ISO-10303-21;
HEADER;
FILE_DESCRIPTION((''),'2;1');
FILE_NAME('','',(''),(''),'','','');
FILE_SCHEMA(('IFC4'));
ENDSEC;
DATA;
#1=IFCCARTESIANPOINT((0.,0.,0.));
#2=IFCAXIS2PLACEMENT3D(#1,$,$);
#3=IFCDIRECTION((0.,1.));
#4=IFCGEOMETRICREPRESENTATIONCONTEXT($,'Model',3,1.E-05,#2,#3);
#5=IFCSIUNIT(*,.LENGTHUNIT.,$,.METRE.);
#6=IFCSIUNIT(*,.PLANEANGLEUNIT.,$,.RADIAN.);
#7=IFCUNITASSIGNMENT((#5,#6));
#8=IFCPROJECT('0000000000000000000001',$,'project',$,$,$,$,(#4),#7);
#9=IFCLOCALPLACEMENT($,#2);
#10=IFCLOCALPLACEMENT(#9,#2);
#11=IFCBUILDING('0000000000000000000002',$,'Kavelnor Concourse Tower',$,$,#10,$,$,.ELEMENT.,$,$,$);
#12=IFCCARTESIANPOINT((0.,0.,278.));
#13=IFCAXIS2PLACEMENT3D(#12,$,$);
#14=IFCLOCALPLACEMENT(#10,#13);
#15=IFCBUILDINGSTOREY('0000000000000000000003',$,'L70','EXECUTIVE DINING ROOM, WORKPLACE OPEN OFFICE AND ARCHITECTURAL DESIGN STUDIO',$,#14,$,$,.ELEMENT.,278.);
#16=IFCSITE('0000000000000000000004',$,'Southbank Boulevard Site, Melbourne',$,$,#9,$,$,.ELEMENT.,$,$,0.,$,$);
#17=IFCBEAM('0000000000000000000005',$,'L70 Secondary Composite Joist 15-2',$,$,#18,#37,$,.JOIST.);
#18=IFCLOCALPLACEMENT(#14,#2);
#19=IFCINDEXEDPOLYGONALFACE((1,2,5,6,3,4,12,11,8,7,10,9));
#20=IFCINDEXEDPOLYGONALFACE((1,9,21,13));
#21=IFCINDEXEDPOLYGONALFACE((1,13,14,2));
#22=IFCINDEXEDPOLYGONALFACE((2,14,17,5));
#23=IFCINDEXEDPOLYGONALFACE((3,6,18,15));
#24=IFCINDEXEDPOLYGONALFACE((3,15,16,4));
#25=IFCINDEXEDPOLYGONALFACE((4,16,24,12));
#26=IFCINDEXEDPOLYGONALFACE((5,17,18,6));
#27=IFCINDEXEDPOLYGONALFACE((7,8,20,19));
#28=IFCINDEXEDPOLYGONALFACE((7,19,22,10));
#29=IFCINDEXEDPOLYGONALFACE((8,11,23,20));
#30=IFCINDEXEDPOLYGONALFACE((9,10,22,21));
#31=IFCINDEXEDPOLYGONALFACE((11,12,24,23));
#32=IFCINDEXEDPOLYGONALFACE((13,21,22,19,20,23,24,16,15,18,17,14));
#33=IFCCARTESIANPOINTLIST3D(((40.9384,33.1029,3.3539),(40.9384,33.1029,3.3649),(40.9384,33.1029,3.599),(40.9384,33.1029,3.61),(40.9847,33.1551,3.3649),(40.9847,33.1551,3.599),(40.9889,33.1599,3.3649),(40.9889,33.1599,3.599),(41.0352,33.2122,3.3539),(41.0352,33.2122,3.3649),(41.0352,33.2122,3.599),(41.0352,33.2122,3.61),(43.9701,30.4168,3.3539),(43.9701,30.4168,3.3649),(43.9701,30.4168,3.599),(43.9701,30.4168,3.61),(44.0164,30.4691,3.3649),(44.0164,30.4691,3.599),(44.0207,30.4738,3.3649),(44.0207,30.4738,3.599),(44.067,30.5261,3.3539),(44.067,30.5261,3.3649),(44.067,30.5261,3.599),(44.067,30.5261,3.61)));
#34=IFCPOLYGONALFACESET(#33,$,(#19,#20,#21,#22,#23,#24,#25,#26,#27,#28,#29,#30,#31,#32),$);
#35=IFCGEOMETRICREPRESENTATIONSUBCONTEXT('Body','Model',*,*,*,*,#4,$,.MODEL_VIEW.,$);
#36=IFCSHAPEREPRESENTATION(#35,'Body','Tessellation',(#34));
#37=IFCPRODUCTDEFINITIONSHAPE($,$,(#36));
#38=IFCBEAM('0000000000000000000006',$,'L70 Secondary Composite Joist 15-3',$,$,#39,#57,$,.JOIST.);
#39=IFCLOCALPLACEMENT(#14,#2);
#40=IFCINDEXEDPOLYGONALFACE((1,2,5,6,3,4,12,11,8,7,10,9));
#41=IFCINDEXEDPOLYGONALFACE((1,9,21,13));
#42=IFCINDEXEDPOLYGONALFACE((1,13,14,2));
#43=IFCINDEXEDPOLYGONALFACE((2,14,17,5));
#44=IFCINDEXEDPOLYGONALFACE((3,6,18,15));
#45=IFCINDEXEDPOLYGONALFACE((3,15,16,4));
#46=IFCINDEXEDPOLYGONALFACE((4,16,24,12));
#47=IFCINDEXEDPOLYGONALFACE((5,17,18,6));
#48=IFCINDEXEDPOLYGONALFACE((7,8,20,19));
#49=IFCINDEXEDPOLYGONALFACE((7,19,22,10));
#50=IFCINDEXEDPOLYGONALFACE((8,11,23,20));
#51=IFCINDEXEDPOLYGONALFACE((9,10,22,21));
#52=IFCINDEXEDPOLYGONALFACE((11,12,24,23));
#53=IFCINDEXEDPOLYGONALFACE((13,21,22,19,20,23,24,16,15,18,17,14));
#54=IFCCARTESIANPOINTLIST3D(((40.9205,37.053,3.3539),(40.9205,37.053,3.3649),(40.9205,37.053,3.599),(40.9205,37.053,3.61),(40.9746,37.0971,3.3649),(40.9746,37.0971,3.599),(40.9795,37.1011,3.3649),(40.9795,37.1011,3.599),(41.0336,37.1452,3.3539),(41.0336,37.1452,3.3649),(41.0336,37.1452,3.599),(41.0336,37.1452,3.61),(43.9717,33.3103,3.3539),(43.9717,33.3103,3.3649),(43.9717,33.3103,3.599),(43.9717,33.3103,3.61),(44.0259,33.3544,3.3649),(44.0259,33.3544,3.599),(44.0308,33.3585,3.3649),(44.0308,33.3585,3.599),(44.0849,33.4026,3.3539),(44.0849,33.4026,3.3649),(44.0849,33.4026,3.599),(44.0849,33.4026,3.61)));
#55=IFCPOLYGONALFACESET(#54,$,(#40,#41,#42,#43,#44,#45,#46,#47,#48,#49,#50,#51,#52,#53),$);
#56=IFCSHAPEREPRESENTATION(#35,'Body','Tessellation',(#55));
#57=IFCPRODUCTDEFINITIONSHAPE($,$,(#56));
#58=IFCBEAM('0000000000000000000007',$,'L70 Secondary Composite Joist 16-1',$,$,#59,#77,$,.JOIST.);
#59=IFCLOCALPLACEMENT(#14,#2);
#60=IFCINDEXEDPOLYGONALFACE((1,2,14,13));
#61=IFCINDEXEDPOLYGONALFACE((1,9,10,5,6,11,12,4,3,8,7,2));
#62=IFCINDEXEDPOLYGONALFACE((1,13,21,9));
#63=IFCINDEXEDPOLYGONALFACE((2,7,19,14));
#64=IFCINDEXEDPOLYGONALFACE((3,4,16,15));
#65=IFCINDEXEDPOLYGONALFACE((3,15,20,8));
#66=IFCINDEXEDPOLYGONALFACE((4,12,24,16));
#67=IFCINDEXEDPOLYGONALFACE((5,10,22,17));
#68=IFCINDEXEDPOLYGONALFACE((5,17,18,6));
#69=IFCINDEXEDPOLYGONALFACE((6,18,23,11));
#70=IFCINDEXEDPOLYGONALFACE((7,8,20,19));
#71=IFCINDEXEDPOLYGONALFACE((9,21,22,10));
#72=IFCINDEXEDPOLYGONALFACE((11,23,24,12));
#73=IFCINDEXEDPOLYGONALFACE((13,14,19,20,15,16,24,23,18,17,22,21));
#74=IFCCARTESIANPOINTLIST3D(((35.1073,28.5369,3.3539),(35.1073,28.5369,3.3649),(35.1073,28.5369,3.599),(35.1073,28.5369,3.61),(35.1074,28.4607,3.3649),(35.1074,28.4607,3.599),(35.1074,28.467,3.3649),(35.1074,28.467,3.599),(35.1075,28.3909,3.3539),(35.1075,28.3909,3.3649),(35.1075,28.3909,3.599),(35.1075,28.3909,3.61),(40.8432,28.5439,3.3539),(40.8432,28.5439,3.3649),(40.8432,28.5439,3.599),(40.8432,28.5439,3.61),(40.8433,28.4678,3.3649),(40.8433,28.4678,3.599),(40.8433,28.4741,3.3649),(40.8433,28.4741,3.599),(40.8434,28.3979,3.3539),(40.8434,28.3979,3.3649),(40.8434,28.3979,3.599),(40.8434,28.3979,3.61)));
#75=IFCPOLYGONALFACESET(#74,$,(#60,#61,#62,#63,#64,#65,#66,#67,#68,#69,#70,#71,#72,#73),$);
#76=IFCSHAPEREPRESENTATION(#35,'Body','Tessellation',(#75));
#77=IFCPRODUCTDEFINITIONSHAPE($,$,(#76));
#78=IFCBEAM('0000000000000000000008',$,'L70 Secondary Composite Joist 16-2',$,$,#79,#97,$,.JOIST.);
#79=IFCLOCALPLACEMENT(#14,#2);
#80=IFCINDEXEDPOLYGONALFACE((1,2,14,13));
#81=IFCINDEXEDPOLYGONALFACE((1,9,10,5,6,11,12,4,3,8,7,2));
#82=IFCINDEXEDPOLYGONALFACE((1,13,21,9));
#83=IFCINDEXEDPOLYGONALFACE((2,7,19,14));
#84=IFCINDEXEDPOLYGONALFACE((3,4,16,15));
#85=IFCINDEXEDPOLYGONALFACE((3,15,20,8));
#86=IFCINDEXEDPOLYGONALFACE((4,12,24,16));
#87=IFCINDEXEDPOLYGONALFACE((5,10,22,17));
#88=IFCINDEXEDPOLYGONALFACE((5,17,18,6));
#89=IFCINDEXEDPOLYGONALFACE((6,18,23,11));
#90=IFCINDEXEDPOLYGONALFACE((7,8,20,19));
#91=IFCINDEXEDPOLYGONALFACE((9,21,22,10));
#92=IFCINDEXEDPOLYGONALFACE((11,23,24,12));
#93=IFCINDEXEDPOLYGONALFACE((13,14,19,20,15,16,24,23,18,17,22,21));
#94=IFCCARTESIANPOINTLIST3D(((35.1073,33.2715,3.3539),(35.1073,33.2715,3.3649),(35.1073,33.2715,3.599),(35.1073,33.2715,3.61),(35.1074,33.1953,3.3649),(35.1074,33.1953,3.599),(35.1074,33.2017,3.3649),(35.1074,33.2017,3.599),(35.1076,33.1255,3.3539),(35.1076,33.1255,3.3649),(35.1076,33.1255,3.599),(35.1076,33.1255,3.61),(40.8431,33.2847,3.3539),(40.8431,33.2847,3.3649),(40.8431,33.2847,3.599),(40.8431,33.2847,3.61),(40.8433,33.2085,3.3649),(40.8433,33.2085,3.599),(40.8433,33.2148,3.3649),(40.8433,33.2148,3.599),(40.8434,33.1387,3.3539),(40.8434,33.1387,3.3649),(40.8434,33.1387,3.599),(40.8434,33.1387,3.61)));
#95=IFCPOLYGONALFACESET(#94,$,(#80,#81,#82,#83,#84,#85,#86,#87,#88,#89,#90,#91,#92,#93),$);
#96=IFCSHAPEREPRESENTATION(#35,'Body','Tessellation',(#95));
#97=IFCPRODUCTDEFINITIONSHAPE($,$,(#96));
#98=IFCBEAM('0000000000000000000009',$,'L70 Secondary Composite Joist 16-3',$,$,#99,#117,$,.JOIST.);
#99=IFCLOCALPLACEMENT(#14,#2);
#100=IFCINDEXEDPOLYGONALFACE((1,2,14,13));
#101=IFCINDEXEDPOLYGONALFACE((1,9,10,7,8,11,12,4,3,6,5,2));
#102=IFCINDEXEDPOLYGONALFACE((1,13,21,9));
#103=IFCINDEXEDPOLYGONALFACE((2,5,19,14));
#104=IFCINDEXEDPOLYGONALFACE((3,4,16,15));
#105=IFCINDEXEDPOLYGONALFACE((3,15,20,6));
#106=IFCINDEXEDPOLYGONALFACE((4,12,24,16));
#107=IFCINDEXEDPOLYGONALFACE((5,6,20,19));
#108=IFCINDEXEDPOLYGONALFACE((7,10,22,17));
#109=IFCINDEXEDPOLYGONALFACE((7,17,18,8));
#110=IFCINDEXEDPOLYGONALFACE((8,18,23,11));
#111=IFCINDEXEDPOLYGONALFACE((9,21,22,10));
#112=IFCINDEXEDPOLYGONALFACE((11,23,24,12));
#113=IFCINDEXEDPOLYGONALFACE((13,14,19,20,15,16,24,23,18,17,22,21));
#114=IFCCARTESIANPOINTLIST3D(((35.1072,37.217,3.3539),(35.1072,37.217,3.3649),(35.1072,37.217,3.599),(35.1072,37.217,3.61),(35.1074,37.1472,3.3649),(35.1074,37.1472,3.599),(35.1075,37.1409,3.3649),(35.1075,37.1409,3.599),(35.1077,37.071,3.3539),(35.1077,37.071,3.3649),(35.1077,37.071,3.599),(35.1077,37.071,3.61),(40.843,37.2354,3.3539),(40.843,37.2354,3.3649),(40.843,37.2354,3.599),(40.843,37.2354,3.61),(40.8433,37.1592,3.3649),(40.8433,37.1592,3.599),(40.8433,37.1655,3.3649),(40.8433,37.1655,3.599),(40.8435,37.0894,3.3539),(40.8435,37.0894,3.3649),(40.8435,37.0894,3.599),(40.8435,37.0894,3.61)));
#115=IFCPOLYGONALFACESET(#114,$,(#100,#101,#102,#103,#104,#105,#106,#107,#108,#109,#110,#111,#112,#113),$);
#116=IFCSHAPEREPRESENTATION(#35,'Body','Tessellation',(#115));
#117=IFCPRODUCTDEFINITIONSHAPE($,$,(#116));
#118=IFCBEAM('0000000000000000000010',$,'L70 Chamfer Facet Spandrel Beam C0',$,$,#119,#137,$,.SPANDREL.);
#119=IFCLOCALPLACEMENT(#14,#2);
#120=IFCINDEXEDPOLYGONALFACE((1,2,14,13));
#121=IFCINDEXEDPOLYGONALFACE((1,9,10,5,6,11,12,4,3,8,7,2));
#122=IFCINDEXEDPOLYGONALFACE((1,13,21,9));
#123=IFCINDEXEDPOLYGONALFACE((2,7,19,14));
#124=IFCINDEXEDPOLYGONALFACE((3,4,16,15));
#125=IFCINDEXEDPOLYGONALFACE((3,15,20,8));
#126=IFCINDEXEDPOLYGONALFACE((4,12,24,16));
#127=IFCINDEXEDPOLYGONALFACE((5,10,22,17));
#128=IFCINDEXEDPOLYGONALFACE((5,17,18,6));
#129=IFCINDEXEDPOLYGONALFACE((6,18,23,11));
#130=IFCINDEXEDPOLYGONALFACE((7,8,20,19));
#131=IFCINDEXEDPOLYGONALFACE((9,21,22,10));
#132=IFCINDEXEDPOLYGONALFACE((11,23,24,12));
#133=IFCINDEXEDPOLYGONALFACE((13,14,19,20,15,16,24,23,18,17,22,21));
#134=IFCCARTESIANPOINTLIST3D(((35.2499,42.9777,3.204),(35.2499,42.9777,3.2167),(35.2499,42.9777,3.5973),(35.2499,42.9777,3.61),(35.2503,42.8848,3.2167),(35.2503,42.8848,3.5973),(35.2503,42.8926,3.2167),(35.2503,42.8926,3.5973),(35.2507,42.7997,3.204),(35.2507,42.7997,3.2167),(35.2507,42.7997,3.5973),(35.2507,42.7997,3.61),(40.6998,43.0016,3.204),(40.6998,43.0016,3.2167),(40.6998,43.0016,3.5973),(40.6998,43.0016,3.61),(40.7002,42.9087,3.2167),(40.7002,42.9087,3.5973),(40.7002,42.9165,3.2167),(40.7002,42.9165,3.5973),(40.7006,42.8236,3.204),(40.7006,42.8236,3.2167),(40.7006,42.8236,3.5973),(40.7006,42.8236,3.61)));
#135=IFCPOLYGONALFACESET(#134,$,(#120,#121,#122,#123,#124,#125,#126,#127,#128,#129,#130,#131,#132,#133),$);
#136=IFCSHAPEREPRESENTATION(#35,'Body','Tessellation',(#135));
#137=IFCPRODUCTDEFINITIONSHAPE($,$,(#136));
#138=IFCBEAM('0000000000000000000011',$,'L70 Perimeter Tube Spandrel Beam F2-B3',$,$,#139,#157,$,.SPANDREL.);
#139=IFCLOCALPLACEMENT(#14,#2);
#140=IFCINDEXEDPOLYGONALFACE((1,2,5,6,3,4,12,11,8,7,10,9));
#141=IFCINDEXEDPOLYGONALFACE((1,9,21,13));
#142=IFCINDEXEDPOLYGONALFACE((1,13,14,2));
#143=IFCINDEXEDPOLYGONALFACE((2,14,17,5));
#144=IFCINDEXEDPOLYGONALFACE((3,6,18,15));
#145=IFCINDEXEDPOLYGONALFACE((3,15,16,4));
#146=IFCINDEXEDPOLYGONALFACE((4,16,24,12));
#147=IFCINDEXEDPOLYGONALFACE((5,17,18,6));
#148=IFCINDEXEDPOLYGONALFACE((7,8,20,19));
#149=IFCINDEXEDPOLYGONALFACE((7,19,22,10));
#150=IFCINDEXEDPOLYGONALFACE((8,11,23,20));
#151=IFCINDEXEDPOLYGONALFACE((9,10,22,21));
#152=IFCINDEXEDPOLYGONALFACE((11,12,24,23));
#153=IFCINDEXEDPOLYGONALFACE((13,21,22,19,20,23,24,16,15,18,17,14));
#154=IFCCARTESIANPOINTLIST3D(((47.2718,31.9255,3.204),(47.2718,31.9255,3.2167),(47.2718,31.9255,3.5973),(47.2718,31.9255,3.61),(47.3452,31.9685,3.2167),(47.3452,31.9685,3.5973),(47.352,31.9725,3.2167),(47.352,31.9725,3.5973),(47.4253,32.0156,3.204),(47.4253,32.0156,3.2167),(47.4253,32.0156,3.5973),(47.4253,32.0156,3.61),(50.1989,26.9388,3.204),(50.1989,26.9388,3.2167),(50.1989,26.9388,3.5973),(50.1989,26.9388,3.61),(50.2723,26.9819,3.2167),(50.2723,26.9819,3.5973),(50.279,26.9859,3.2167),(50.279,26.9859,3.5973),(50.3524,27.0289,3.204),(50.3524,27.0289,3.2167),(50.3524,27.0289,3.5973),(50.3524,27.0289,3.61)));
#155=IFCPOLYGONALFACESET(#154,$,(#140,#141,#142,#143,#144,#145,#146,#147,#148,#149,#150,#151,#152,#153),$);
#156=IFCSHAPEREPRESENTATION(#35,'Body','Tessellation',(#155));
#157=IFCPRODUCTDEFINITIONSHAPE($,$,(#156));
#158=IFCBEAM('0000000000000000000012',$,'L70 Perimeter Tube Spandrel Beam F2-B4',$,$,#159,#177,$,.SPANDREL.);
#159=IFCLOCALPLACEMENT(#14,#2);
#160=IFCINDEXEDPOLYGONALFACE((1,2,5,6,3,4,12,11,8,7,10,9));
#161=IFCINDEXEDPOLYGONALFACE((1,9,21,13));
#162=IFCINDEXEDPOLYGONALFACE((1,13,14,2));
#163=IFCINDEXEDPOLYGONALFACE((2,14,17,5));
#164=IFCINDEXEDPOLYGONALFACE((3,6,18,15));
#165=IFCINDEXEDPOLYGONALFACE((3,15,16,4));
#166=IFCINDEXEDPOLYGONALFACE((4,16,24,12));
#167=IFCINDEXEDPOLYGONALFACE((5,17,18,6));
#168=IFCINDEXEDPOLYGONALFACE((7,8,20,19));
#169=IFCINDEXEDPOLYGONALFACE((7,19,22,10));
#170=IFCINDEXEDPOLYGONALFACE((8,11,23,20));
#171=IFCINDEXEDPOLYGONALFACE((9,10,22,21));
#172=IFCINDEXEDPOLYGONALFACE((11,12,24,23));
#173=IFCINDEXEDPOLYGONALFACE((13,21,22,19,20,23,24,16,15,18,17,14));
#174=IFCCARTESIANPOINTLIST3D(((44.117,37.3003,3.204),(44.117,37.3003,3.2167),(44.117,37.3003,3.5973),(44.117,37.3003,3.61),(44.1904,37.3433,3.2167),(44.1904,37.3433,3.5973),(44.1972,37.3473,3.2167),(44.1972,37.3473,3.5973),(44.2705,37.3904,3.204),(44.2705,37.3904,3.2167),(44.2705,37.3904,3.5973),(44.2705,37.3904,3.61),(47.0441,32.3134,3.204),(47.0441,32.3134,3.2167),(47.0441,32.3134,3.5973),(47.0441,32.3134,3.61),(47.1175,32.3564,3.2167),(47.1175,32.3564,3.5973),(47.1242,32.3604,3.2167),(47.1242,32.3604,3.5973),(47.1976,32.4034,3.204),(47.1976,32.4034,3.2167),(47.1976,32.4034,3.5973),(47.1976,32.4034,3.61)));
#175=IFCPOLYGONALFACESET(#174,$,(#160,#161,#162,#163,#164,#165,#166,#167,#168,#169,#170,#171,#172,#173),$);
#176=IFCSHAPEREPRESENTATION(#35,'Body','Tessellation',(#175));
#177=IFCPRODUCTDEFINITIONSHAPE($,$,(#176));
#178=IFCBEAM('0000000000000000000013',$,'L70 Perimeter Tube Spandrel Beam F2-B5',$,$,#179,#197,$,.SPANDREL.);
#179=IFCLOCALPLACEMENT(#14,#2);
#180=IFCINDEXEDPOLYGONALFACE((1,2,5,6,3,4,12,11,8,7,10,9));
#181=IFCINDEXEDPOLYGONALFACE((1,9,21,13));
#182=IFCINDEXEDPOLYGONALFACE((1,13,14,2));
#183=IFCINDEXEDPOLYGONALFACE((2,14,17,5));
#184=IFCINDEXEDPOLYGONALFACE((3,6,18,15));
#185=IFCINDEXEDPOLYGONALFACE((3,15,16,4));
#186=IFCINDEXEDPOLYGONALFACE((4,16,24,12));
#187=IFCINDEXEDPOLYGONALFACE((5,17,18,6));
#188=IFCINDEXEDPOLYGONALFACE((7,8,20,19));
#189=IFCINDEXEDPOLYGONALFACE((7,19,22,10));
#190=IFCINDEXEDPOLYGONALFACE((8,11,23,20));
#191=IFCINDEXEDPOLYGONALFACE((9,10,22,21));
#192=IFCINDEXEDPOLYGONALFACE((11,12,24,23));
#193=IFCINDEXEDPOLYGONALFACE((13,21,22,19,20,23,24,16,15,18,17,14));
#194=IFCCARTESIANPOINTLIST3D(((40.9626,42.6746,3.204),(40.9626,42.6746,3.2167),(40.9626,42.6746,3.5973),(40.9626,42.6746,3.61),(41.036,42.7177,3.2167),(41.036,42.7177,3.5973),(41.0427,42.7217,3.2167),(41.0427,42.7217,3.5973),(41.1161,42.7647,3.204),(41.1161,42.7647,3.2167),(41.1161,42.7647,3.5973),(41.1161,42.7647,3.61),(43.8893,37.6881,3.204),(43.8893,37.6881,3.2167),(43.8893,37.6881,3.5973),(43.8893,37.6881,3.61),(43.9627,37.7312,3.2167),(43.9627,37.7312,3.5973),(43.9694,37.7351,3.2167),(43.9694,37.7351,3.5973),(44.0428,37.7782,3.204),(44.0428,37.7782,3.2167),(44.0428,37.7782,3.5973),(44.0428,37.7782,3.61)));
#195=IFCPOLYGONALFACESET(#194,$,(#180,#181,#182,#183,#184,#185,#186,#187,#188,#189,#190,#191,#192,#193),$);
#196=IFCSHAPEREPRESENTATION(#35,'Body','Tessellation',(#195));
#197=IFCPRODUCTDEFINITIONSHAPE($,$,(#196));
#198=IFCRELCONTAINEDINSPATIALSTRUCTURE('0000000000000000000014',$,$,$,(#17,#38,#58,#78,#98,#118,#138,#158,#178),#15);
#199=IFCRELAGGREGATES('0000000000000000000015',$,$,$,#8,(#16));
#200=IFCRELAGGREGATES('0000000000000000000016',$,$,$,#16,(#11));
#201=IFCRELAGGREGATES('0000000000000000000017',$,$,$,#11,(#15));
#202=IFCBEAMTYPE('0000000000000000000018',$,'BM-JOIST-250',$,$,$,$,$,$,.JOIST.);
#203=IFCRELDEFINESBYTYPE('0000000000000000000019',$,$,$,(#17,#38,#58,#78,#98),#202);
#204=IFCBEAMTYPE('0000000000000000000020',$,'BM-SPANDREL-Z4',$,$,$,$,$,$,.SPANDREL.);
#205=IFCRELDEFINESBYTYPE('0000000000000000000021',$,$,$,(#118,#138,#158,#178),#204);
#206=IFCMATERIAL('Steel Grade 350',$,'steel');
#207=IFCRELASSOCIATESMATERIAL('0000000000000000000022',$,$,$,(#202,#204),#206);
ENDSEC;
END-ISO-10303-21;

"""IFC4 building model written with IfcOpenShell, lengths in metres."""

from ifc_helpers import new_model, si_unit, direction, frame, origin, origin_2d, place, context, subcontext, project, spatial, i_section, extrude, material, material_profile, profile_set, type_object, element, save


model = new_model("IFC4")

# Units and contexts
model_context = context("Model", 3, precision=1e-05, world=origin(), true_north=direction((0.0, 1.0)))
body_context = subcontext(model_context, "Body", "Model", "MODEL_VIEW")
ifc_project = project(units=[si_unit("LENGTHUNIT", "METRE"), si_unit("PLANEANGLEUNIT", "RADIAN")], contexts=[model_context])

# Site, building, storey
site_placement = place(None, origin())
site = spatial("IfcSite", under=ifc_project, at=site_placement, Name="Southbank Boulevard Site, Melbourne", CompositionType="ELEMENT", RefElevation=0.0)
building_placement = place(site_placement, origin())
building = spatial("IfcBuilding", under=site, at=building_placement, Name="Kavelnor Concourse Tower", CompositionType="ELEMENT")
storey_placement = place(building_placement, frame((0.0, 0.0, 278.0)))
storey = spatial("IfcBuildingStorey", under=building, at=storey_placement, Name="L70", Description="EXECUTIVE DINING ROOM, WORKPLACE OPEN OFFICE AND ARCHITECTURAL DESIGN STUDIO", CompositionType="ELEMENT", Elevation=278.0)

# Shared definitions
ifc_material_1 = material(Name="Steel Grade 350", Category="steel")

# Beams
ifc_material_profile_1 = material_profile(ifc_material_1, i_section(OverallWidth=0.146, OverallDepth=0.2561, WebThickness=0.0063, FlangeThickness=0.011, at=origin_2d()), Name="250UB37")
ifc_profile_set_1 = profile_set([ifc_material_profile_1], Name="Steel Grade 350")
beam_type_1 = type_object("IfcBeamType", Name="BM-JOIST-250", PredefinedType="JOIST", material=ifc_profile_set_1)
beam_1_placement = place(storey_placement, frame((44.0186, 30.4714, 3.4819), z_axis=(-0.748492, 0.663143, 0.0), x_axis=(-0.663143, -0.748492, 0.0)))
element("IfcBeam", 1, at=beam_1_placement, inside=storey, type_object=beam_type_1, Name="L70 Secondary Composite Joist 15-2", PredefinedType="JOIST", context=body_context, shape_type="SweptSolid", body=[
    extrude(i_section(OverallWidth=0.146, OverallDepth=0.2561, WebThickness=0.0063, FlangeThickness=0.011, at=origin_2d()), origin(), (0.0, 0.0, 1.0), 4.0505),
])
beam_2_placement = place(storey_placement, frame((44.0283, 33.3564, 3.4819), z_axis=(-0.631882, 0.775064, 0.0), x_axis=(-0.775064, -0.631882, 0.0)))
element("IfcBeam", 2, at=beam_2_placement, inside=storey, type_object=beam_type_1, Name="L70 Secondary Composite Joist 15-3", PredefinedType="JOIST", context=body_context, shape_type="SweptSolid", body=[
    extrude(i_section(OverallWidth=0.146, OverallDepth=0.2561, WebThickness=0.0063, FlangeThickness=0.011, at=origin_2d()), origin(), (0.0, 0.0, 1.0), 4.8289),
])
for number, where, z_axis, x_axis, name in (
    (3, (40.8433, 28.4709, 3.4819), (-0.999999, -0.001234, 0.0), (0.001234, -0.999999, 0.0), "L70 Secondary Composite Joist 16-1"),
    (4, (40.8433, 33.2117, 3.4819), (-0.999997, -0.002298, 0.0), (0.002298, -0.999997, 0.0), "L70 Secondary Composite Joist 16-2"),
    (5, (40.8433, 37.1624, 3.4819), (-0.999995, -0.003192, 0.0), (0.003192, -0.999995, 0.0), "L70 Secondary Composite Joist 16-3"),
):
    element("IfcBeam", number, at=place(storey_placement, frame(where, z_axis=z_axis, x_axis=x_axis)), inside=storey, type_object=beam_type_1, Name=name, PredefinedType="JOIST", context=body_context, shape_type="SweptSolid", body=[
        extrude(i_section(OverallWidth=0.146, OverallDepth=0.2561, WebThickness=0.0063, FlangeThickness=0.011, at=origin_2d()), origin(), (0.0, 0.0, 1.0), 5.7358),
    ])
ifc_material_profile_2 = material_profile(ifc_material_1, i_section(OverallWidth=0.178, OverallDepth=0.406, WebThickness=0.0078, FlangeThickness=0.0127, at=origin_2d()), Name="410UB59")
ifc_profile_set_2 = profile_set([ifc_material_profile_2], Name="Steel Grade 350")
beam_type_2 = type_object("IfcBeamType", Name="BM-SPANDREL-Z4", PredefinedType="SPANDREL", material=ifc_profile_set_2)
beam_3_placement = place(storey_placement, frame((40.7002, 42.9126, 3.407), z_axis=(-0.99999, -0.00439, 0.0), x_axis=(0.00439, -0.99999, 0.0)))
element("IfcBeam", 6, at=beam_3_placement, inside=storey, type_object=beam_type_2, Name="L70 Chamfer Facet Spandrel Beam C0", PredefinedType="SPANDREL", context=body_context, shape_type="SweptSolid", body=[
    extrude(i_section(OverallWidth=0.178, OverallDepth=0.406, WebThickness=0.0078, FlangeThickness=0.0127, at=origin_2d()), origin(), (0.0, 0.0, 1.0), 5.45),
])
beam_4_placement = place(storey_placement, frame((50.2756, 26.9839, 3.407), z_axis=(-0.506214, 0.862408, 0.0), x_axis=(-0.862408, -0.506214, 0.0)))
element("IfcBeam", 7, at=beam_4_placement, inside=storey, type_object=beam_type_2, Name="L70 Perimeter Tube Spandrel Beam F2-B3", PredefinedType="SPANDREL", context=body_context, shape_type="SweptSolid", body=[
    extrude(i_section(OverallWidth=0.178, OverallDepth=0.406, WebThickness=0.0078, FlangeThickness=0.0127, at=origin_2d()), origin(), (0.0, 0.0, 1.0), 5.7822),
])
beam_5_placement = place(storey_placement, frame((47.1208, 32.3584, 3.407), z_axis=(-0.506195, 0.862419, 0.0), x_axis=(-0.862419, -0.506195, 0.0)))
element("IfcBeam", 8, at=beam_5_placement, inside=storey, type_object=beam_type_2, Name="L70 Perimeter Tube Spandrel Beam F2-B4", PredefinedType="SPANDREL", context=body_context, shape_type="SweptSolid", body=[
    extrude(i_section(OverallWidth=0.178, OverallDepth=0.406, WebThickness=0.0078, FlangeThickness=0.0127, at=origin_2d()), origin(), (0.0, 0.0, 1.0), 5.7825),
])
beam_6_placement = place(storey_placement, frame((43.9661, 37.7332, 3.407), z_axis=(-0.506182, 0.862427, 0.0), x_axis=(-0.862427, -0.506182, 0.0)))
element("IfcBeam", 9, at=beam_6_placement, inside=storey, type_object=beam_type_2, Name="L70 Perimeter Tube Spandrel Beam F2-B5", PredefinedType="SPANDREL", context=body_context, shape_type="SweptSolid", body=[
    extrude(i_section(OverallWidth=0.178, OverallDepth=0.406, WebThickness=0.0078, FlangeThickness=0.0127, at=origin_2d()), origin(), (0.0, 0.0, 1.0), 5.782),
])

save(model, "model.ifc")
